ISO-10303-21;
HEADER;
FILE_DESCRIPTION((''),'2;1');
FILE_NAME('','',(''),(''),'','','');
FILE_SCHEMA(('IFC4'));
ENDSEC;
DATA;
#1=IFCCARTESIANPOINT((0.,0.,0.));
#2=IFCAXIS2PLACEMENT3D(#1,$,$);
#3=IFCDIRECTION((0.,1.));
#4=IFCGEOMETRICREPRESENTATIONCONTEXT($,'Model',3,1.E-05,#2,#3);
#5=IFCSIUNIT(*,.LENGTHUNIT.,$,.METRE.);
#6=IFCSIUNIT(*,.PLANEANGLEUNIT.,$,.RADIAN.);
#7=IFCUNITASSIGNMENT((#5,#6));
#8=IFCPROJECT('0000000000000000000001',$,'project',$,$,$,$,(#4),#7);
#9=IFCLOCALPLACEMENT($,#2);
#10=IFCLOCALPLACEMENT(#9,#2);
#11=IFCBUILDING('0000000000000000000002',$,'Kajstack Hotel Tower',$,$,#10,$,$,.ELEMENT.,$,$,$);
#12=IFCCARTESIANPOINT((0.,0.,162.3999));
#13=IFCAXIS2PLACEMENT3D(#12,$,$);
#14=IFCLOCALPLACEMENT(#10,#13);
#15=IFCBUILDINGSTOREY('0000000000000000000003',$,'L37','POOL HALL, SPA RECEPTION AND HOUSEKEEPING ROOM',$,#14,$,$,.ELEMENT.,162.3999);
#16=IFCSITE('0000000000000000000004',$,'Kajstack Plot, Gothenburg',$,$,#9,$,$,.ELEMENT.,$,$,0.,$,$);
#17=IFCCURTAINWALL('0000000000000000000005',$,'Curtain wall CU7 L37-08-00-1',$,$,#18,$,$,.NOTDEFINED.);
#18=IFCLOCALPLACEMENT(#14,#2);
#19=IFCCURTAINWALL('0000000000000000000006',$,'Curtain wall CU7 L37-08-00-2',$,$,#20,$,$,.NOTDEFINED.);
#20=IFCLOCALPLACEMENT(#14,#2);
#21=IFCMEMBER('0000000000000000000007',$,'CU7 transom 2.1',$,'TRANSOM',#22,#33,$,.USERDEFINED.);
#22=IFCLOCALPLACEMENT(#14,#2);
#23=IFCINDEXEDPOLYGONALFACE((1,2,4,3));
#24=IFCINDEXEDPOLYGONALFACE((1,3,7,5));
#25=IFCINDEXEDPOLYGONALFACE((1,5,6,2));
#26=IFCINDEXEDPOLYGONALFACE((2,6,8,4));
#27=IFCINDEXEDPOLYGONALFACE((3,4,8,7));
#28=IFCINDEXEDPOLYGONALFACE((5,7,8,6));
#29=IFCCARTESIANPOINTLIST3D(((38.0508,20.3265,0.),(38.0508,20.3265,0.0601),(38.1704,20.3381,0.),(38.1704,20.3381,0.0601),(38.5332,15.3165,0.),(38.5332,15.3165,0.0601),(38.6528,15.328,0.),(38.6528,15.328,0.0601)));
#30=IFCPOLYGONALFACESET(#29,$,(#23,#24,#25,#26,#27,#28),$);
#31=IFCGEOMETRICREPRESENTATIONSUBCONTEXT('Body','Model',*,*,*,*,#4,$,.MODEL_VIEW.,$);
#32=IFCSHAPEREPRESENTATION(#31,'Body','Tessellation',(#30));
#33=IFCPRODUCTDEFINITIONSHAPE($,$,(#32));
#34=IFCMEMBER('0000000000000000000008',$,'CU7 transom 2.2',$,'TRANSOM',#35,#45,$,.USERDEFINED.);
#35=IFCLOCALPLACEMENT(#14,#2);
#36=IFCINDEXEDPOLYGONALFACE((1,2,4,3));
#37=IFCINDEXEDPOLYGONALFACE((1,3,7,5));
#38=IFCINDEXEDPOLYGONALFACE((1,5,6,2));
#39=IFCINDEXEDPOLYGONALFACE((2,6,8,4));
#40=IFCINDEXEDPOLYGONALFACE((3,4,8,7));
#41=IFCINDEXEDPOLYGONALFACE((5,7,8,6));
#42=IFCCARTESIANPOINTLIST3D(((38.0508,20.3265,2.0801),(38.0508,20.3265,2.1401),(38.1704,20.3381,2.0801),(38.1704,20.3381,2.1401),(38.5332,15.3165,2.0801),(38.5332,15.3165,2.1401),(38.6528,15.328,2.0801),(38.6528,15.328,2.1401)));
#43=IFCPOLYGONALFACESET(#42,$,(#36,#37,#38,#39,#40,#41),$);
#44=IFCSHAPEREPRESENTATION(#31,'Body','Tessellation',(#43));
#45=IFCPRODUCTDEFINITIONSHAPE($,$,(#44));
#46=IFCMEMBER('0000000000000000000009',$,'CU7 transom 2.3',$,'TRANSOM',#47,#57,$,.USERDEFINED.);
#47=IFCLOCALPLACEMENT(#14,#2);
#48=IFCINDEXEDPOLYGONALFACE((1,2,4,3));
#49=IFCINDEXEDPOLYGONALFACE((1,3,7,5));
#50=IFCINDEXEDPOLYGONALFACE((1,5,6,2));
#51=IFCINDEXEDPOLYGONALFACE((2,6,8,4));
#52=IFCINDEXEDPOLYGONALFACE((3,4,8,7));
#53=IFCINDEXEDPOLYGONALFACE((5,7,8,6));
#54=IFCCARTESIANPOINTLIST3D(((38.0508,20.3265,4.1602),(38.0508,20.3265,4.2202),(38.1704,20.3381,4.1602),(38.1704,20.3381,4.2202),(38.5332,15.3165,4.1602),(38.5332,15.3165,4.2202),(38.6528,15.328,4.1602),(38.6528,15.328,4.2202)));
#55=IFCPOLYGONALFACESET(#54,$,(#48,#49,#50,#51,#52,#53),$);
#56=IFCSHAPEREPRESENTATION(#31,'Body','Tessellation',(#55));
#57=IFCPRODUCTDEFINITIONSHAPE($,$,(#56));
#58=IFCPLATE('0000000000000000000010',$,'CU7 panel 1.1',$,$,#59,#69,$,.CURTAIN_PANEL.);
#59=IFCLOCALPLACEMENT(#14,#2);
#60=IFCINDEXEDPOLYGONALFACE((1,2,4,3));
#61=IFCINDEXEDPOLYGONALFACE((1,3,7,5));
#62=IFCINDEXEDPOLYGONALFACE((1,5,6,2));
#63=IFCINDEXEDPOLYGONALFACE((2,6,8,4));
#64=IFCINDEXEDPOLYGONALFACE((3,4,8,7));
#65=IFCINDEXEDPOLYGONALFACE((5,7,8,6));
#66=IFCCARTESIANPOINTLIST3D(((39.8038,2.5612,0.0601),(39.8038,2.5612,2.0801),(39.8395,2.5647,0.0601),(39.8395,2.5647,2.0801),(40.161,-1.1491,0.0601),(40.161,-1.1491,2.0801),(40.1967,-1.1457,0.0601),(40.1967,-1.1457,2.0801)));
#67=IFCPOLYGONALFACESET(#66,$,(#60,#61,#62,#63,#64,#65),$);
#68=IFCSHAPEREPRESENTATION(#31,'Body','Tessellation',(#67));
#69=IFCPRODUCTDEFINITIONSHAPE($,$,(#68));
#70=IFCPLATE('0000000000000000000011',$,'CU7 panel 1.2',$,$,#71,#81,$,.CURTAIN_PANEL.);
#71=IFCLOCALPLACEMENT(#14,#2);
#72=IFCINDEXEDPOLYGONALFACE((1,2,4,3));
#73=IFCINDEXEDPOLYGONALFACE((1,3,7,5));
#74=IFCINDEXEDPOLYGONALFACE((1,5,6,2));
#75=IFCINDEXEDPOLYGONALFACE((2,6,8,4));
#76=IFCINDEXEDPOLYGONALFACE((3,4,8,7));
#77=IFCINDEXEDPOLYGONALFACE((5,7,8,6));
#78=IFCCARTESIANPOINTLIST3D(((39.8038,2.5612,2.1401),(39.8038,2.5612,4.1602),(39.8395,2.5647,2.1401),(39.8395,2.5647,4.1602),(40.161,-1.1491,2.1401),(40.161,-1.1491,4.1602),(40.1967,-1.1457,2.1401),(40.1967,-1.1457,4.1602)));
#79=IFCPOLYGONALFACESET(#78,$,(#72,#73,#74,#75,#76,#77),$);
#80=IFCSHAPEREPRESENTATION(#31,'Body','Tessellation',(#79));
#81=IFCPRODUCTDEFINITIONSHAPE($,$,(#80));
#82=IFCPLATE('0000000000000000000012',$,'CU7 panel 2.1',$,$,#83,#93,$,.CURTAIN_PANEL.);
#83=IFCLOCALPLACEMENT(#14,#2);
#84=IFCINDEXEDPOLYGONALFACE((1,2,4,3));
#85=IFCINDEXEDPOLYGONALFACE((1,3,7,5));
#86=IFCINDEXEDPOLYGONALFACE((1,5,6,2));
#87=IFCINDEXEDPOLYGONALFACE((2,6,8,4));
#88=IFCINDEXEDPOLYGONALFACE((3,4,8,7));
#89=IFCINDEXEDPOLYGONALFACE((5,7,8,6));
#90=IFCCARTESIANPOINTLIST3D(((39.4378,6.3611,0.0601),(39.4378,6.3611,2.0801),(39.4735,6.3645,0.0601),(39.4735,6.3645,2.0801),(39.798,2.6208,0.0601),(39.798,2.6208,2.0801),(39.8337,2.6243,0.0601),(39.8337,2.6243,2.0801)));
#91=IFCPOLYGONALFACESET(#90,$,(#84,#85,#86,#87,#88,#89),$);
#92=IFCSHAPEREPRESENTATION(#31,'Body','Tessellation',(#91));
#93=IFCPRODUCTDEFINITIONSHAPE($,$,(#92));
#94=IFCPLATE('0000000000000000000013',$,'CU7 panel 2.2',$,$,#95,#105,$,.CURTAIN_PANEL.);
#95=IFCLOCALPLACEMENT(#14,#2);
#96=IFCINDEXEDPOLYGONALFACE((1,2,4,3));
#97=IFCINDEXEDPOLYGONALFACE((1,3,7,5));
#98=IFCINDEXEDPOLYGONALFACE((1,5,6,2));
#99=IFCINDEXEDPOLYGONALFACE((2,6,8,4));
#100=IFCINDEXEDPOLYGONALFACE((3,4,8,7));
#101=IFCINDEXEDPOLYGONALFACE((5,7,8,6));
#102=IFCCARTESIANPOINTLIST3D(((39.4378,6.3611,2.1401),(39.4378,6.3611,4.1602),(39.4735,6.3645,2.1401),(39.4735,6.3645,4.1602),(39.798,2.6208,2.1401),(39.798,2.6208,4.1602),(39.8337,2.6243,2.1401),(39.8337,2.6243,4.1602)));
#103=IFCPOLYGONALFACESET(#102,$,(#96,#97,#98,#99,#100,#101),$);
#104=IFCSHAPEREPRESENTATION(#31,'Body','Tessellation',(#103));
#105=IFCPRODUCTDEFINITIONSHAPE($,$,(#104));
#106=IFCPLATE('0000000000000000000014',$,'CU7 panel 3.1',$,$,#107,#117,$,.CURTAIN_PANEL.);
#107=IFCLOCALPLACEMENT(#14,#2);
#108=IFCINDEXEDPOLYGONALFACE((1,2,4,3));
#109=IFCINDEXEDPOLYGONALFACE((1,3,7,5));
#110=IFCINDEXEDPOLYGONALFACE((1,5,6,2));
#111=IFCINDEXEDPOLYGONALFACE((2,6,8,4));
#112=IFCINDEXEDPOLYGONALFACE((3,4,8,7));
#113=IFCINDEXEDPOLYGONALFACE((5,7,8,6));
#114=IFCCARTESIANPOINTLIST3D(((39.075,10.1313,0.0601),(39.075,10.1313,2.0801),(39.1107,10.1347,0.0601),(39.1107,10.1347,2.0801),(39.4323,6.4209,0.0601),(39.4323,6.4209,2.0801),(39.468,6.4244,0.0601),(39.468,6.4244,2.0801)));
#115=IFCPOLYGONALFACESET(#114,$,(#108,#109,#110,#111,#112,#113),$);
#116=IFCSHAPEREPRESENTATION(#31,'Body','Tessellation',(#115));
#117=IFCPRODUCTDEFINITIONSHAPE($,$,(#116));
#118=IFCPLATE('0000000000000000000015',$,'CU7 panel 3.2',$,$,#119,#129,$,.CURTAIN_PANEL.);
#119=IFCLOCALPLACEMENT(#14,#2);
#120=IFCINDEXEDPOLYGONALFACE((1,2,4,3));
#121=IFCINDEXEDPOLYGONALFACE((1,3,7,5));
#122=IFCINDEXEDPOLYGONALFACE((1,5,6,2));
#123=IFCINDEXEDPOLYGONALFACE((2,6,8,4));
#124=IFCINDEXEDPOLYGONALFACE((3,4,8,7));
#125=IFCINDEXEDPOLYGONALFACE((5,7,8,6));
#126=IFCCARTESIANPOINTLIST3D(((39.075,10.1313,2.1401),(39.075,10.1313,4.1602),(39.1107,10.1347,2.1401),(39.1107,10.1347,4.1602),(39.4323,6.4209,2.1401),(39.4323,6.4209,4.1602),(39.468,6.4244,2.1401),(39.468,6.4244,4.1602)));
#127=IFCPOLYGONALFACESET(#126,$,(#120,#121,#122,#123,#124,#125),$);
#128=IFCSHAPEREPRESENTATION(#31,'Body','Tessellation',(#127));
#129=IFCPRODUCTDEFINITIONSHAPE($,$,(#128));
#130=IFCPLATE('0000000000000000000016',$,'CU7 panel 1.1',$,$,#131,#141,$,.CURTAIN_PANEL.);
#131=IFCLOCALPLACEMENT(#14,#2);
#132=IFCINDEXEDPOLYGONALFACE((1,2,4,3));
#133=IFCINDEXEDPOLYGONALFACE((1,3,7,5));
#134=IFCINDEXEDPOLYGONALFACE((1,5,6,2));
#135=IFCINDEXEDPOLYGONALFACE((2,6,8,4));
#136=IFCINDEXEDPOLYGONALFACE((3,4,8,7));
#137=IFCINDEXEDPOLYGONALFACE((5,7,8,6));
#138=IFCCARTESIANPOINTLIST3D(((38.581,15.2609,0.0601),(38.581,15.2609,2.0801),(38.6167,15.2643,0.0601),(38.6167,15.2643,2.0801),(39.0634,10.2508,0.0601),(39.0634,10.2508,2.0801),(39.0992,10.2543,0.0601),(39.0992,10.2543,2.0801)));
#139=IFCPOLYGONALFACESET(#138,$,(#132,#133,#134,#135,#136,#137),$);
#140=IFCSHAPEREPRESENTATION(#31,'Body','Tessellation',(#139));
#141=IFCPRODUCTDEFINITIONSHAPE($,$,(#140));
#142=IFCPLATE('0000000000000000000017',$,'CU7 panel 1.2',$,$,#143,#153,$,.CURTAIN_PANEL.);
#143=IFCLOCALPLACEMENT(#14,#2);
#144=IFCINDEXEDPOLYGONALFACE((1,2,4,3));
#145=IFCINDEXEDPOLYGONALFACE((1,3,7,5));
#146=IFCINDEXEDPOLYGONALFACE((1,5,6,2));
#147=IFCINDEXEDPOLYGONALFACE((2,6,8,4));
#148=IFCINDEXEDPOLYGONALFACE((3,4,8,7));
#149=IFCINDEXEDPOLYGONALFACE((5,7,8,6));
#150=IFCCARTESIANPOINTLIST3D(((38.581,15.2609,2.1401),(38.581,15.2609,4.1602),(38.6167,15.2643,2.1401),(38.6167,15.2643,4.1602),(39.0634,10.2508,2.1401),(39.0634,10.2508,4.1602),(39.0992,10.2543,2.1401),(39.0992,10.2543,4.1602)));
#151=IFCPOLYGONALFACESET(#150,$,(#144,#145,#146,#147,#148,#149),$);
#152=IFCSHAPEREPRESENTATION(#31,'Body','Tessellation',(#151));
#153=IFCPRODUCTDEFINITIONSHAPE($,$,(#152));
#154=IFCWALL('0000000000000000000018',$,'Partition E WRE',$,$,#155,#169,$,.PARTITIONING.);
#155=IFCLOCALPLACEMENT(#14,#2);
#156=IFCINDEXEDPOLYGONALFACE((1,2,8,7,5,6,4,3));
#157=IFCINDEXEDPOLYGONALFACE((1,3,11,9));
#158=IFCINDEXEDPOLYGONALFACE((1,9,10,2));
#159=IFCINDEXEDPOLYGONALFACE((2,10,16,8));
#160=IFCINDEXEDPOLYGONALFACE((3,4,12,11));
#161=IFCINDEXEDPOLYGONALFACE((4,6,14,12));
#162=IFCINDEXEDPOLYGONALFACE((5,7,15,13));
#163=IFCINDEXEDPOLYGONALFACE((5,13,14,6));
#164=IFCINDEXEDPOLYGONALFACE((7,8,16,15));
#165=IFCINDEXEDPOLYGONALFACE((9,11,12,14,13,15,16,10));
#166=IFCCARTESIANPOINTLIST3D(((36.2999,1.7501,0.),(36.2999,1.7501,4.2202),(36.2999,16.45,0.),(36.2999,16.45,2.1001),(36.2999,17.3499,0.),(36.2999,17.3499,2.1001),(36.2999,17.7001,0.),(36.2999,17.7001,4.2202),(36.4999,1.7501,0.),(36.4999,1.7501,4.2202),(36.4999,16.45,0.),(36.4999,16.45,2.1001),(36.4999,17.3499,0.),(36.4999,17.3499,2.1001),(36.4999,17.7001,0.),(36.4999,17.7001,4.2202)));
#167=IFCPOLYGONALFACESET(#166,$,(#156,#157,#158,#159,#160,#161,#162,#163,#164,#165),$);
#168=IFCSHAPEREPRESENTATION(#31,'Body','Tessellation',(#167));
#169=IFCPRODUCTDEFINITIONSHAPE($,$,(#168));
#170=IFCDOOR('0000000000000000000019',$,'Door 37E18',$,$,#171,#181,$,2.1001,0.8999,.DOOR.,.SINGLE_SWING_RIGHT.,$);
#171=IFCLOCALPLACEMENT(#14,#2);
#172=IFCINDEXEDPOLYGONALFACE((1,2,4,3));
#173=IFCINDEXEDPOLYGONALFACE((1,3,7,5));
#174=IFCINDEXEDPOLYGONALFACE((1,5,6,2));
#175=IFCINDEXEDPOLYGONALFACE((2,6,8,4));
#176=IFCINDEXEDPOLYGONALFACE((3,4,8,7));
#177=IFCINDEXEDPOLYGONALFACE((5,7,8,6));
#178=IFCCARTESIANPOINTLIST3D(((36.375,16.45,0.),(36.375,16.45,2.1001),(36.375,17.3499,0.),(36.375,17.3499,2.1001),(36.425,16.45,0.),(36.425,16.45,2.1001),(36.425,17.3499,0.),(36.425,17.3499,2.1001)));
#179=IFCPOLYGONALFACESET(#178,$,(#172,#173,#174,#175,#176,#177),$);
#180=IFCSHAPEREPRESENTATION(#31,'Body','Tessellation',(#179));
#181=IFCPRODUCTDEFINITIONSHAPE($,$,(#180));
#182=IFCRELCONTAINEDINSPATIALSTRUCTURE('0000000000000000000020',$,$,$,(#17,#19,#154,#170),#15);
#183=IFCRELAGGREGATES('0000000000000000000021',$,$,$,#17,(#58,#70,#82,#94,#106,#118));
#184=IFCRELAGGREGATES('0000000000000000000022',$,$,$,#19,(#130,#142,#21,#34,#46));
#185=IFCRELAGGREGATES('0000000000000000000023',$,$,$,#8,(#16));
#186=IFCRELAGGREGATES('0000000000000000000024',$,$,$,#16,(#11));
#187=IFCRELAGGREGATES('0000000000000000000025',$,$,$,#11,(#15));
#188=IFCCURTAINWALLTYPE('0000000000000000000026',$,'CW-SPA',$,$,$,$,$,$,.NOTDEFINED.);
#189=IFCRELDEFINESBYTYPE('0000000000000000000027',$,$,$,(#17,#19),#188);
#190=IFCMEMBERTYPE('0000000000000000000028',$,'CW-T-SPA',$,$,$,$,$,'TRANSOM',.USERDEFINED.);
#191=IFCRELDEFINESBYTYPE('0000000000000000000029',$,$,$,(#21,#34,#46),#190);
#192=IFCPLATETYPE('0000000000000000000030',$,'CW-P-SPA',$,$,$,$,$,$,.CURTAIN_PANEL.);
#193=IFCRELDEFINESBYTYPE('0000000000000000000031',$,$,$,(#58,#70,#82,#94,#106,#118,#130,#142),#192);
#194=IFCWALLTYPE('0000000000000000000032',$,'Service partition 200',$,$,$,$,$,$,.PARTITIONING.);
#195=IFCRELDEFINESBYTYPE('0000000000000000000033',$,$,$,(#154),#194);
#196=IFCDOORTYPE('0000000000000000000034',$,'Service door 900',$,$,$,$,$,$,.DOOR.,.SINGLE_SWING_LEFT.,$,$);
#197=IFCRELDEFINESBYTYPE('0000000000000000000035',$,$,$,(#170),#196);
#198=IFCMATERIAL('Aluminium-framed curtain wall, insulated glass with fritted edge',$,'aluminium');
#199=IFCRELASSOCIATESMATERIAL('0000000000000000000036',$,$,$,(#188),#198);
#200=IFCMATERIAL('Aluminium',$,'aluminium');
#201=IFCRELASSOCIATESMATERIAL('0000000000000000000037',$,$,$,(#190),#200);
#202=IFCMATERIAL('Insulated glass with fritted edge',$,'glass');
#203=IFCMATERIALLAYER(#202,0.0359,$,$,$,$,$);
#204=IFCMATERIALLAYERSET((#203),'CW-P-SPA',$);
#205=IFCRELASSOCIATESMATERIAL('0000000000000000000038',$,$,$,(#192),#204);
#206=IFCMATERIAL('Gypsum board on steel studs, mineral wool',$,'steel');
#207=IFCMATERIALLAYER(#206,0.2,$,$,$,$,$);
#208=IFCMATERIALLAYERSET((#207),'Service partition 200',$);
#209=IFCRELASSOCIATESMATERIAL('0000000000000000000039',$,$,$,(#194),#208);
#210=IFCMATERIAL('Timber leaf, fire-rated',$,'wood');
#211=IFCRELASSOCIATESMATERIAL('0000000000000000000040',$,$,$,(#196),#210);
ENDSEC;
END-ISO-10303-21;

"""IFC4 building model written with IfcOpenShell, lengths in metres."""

from ifc_helpers import new_model, si_unit, direction, frame, frame_2d, origin, origin_2d, place, context, subcontext, project, spatial, rectangle, extrude, material, layer, layer_set, material_profile, profile_set, type_object, element, fill, aggregate, save


model = new_model("IFC4")

# Units and contexts
model_context = context("Model", 3, precision=1e-05, world=origin(), true_north=direction((0.0, 1.0)))
body_context = subcontext(model_context, "Body", "Model", "MODEL_VIEW")
ifc_project = project(units=[si_unit("LENGTHUNIT", "METRE"), si_unit("PLANEANGLEUNIT", "RADIAN")], contexts=[model_context])

# Site, building, storey
site_placement = place(None, origin())
site = spatial("IfcSite", under=ifc_project, at=site_placement, Name="Kajstack Plot, Gothenburg", CompositionType="ELEMENT", RefElevation=0.0)
building_placement = place(site_placement, origin())
building = spatial("IfcBuilding", under=site, at=building_placement, Name="Kajstack Hotel Tower", CompositionType="ELEMENT")
storey_placement = place(building_placement, frame((0.0, 0.0, 162.3999)))
storey = spatial("IfcBuildingStorey", under=building, at=storey_placement, Name="L37", Description="POOL HALL, SPA RECEPTION AND HOUSEKEEPING ROOM", CompositionType="ELEMENT", Elevation=162.3999)

# Curtain walls
ifc_material_1 = material(Name="Aluminium-framed curtain wall, insulated glass with fritted edge", Category="aluminium")
curtain_wall_type = type_object("IfcCurtainWallType", Name="CW-SPA", PredefinedType="NOTDEFINED", material=ifc_material_1)
curtain_wall_1_placement = place(storey_placement, origin())
curtain_wall_1 = element("IfcCurtainWall", 1, at=curtain_wall_1_placement, inside=storey, type_object=curtain_wall_type, Name="Curtain wall CU7 L37-08-00-1", PredefinedType="NOTDEFINED")
ifc_material_2 = material(Name="Aluminium", Category="aluminium")
curtain_wall_2_placement = place(storey_placement, origin())
curtain_wall_2 = element("IfcCurtainWall", 2, at=curtain_wall_2_placement, inside=storey, type_object=curtain_wall_type, Name="Curtain wall CU7 L37-08-00-2", PredefinedType="NOTDEFINED")

# Members
ifc_material_profile_1 = material_profile(ifc_material_2, rectangle(XDim=0.1201, YDim=0.0601, at=origin_2d()), Name="Aluminium transom 120 x 60")
ifc_profile_set_1 = profile_set([ifc_material_profile_1], Name="Aluminium")
member_type_1 = type_object("IfcMemberType", Name="CW-T-SPA", ElementType="TRANSOM", PredefinedType="USERDEFINED", material=ifc_profile_set_1)
member_1_placement = place(storey_placement, frame((38.593, 15.3223, 0.03), z_axis=(-0.095848, 0.995396, 0.0), x_axis=(-0.995396, -0.095848, 0.0)))
member_1 = element("IfcMember", 3, at=member_1_placement, type_object=member_type_1, Name="CU7 transom 2.1", ObjectType="TRANSOM", PredefinedType="USERDEFINED", context=body_context, shape_type="SweptSolid", body=[
    extrude(rectangle(XDim=0.1201, YDim=0.0601, at=origin_2d()), origin(), (0.0, 0.0, 1.0), 5.0332),
])
member_2_placement = place(storey_placement, frame((38.593, 15.3223, 2.1101), z_axis=(-0.095848, 0.995396, 0.0), x_axis=(-0.995396, -0.095848, 0.0)))
member_2 = element("IfcMember", 4, at=member_2_placement, type_object=member_type_1, Name="CU7 transom 2.2", ObjectType="TRANSOM", PredefinedType="USERDEFINED", context=body_context, shape_type="SweptSolid", body=[
    extrude(rectangle(XDim=0.1201, YDim=0.0601, at=origin_2d()), origin(), (0.0, 0.0, 1.0), 5.0332),
])
member_3_placement = place(storey_placement, frame((38.593, 15.3223, 4.1902), z_axis=(-0.095848, 0.995396, 0.0), x_axis=(-0.995396, -0.095848, 0.0)))
member_3 = element("IfcMember", 5, at=member_3_placement, type_object=member_type_1, Name="CU7 transom 2.3", ObjectType="TRANSOM", PredefinedType="USERDEFINED", context=body_context, shape_type="SweptSolid", body=[
    extrude(rectangle(XDim=0.1201, YDim=0.0601, at=origin_2d()), origin(), (0.0, 0.0, 1.0), 5.0332),
])

# Plates
ifc_material_3 = material(Name="Insulated glass with fritted edge", Category="glass")
ifc_layer_1 = layer(ifc_material_3, 0.0359)
ifc_layer_set_1 = layer_set([ifc_layer_1], Name="CW-P-SPA")
plate_type = type_object("IfcPlateType", Name="CW-P-SPA", PredefinedType="CURTAIN_PANEL", material=ifc_layer_set_1)
plate_1_placement = place(storey_placement, frame((40.0002, 0.7078, 0.0601), z_axis=(0.0, 0.0, 1.0), x_axis=(-0.095844, 0.995396, 0.0)))
plate_1 = element("IfcPlate", 6, at=plate_1_placement, type_object=plate_type, Name="CU7 panel 1.1", PredefinedType="CURTAIN_PANEL", context=body_context, shape_type="SweptSolid", body=[
    extrude(rectangle(XDim=3.7275, YDim=0.0359, at=origin_2d()), origin(), (0.0, 0.0, 1.0), 2.02),
])
plate_2_placement = place(storey_placement, frame((40.0002, 0.7078, 2.1401), z_axis=(0.0, 0.0, 1.0), x_axis=(-0.095844, 0.995396, 0.0)))
plate_2 = element("IfcPlate", 7, at=plate_2_placement, type_object=plate_type, Name="CU7 panel 1.2", PredefinedType="CURTAIN_PANEL", context=body_context, shape_type="SweptSolid", body=[
    extrude(rectangle(XDim=3.7275, YDim=0.0359, at=origin_2d()), origin(), (0.0, 0.0, 1.0), 2.02),
])
plate_3_placement = place(storey_placement, frame((39.6357, 4.4927, 0.0601), z_axis=(0.0, 0.0, 1.0), x_axis=(-0.095844, 0.995396, 0.0)))
plate_3 = element("IfcPlate", 8, at=plate_3_placement, type_object=plate_type, Name="CU7 panel 2.1", PredefinedType="CURTAIN_PANEL", context=body_context, shape_type="SweptSolid", body=[
    extrude(rectangle(XDim=3.7576, YDim=0.0359, at=origin_2d()), origin(), (0.0, 0.0, 1.0), 2.02),
])
plate_4_placement = place(storey_placement, frame((39.6357, 4.4927, 2.1401), z_axis=(0.0, 0.0, 1.0), x_axis=(-0.095844, 0.995396, 0.0)))
plate_4 = element("IfcPlate", 9, at=plate_4_placement, type_object=plate_type, Name="CU7 panel 2.2", PredefinedType="CURTAIN_PANEL", context=body_context, shape_type="SweptSolid", body=[
    extrude(rectangle(XDim=3.7576, YDim=0.0359, at=origin_2d()), origin(), (0.0, 0.0, 1.0), 2.02),
])
plate_5_placement = place(storey_placement, frame((39.2715, 8.2778, 0.0601), z_axis=(0.0, 0.0, 1.0), x_axis=(-0.095844, 0.995396, 0.0)))
plate_5 = element("IfcPlate", 10, at=plate_5_placement, type_object=plate_type, Name="CU7 panel 3.1", PredefinedType="CURTAIN_PANEL", context=body_context, shape_type="SweptSolid", body=[
    extrude(rectangle(XDim=3.7275, YDim=0.0359, at=origin_2d()), origin(), (0.0, 0.0, 1.0), 2.02),
])
plate_6_placement = place(storey_placement, frame((39.2715, 8.2778, 2.1401), z_axis=(0.0, 0.0, 1.0), x_axis=(-0.095844, 0.995396, 0.0)))
plate_6 = element("IfcPlate", 11, at=plate_6_placement, type_object=plate_type, Name="CU7 panel 3.2", PredefinedType="CURTAIN_PANEL", context=body_context, shape_type="SweptSolid", body=[
    extrude(rectangle(XDim=3.7275, YDim=0.0359, at=origin_2d()), origin(), (0.0, 0.0, 1.0), 2.02),
])
aggregate(curtain_wall_1, [plate_1, plate_2, plate_3, plate_4, plate_5, plate_6])
plate_7_placement = place(storey_placement, frame((38.8401, 12.7576, 0.0601), z_axis=(0.0, 0.0, 1.0), x_axis=(-0.095844, 0.995396, 0.0)))
plate_7 = element("IfcPlate", 12, at=plate_7_placement, type_object=plate_type, Name="CU7 panel 1.1", PredefinedType="CURTAIN_PANEL", context=body_context, shape_type="SweptSolid", body=[
    extrude(rectangle(XDim=5.0332, YDim=0.0359, at=origin_2d()), origin(), (0.0, 0.0, 1.0), 2.02),
])
plate_8_placement = place(storey_placement, frame((38.8401, 12.7576, 2.1401), z_axis=(0.0, 0.0, 1.0), x_axis=(-0.095844, 0.995396, 0.0)))
plate_8 = element("IfcPlate", 13, at=plate_8_placement, type_object=plate_type, Name="CU7 panel 1.2", PredefinedType="CURTAIN_PANEL", context=body_context, shape_type="SweptSolid", body=[
    extrude(rectangle(XDim=5.0332, YDim=0.0359, at=origin_2d()), origin(), (0.0, 0.0, 1.0), 2.02),
])
aggregate(curtain_wall_2, [plate_7, plate_8, member_1, member_2, member_3])

# Wall, opening, door
ifc_material_4 = material(Name="Gypsum board on steel studs, mineral wool", Category="steel")
ifc_layer_2 = layer(ifc_material_4, 0.2)
ifc_layer_set_2 = layer_set([ifc_layer_2], Name="Service partition 200")
wall_type_1 = type_object("IfcWallType", Name="Service partition 200", PredefinedType="PARTITIONING", material=ifc_layer_set_2)
wall_1_placement = place(storey_placement, frame((36.3999, 1.75, 0.0), z_axis=(0.0, 0.0, 1.0), x_axis=(0.0, 1.0, 0.0)))
wall_1 = element("IfcWall", 14, at=wall_1_placement, inside=storey, type_object=wall_type_1, Name="Partition E WRE", PredefinedType="PARTITIONING", context=body_context, shape_type="SweptSolid", body=[
    extrude(rectangle(XDim=15.95, YDim=0.2, at=frame_2d((7.9751, 0.0))), origin(), (0.0, 0.0, 1.0), 4.2202),
])
opening_1_placement = place(wall_1_placement, frame((14.7, 0.0, 0.0)))
opening_1 = element("IfcOpeningElement", 15, at=opening_1_placement, cuts=wall_1, PredefinedType="OPENING", context=body_context, shape_type="SweptSolid", body=[
    extrude(rectangle(XDim=0.8999, YDim=2.1001, at=frame_2d((0.45, 1.05))), frame((0.0, 0.1099, 0.0), z_axis=(0.0, -1.0, 0.0), x_axis=(1.0, 0.0, 0.0)), (0.0, 0.0, 1.0), 0.22),
])
ifc_material_5 = material(Name="Timber leaf, fire-rated", Category="wood")
door_type_1 = type_object("IfcDoorType", Name="Service door 900", OperationType="SINGLE_SWING_LEFT", PredefinedType="DOOR", material=ifc_material_5)
door_1_placement = place(opening_1_placement, origin())
door_1 = element("IfcDoor", 16, at=door_1_placement, inside=storey, type_object=door_type_1, Name="Door 37E18", OperationType="SINGLE_SWING_RIGHT", OverallHeight=2.1001, OverallWidth=0.8999, PredefinedType="DOOR", context=body_context, shape_type="SweptSolid", body=[
    extrude(rectangle(XDim=0.8999, YDim=2.1001, at=frame_2d((0.45, 1.05))), frame((0.0, 0.0249, 0.0), z_axis=(0.0, -1.0, 0.0), x_axis=(1.0, 0.0, 0.0)), (0.0, 0.0, 1.0), 0.05),
])
fill(opening_1, door_1)

save(model, "model.ifc")
